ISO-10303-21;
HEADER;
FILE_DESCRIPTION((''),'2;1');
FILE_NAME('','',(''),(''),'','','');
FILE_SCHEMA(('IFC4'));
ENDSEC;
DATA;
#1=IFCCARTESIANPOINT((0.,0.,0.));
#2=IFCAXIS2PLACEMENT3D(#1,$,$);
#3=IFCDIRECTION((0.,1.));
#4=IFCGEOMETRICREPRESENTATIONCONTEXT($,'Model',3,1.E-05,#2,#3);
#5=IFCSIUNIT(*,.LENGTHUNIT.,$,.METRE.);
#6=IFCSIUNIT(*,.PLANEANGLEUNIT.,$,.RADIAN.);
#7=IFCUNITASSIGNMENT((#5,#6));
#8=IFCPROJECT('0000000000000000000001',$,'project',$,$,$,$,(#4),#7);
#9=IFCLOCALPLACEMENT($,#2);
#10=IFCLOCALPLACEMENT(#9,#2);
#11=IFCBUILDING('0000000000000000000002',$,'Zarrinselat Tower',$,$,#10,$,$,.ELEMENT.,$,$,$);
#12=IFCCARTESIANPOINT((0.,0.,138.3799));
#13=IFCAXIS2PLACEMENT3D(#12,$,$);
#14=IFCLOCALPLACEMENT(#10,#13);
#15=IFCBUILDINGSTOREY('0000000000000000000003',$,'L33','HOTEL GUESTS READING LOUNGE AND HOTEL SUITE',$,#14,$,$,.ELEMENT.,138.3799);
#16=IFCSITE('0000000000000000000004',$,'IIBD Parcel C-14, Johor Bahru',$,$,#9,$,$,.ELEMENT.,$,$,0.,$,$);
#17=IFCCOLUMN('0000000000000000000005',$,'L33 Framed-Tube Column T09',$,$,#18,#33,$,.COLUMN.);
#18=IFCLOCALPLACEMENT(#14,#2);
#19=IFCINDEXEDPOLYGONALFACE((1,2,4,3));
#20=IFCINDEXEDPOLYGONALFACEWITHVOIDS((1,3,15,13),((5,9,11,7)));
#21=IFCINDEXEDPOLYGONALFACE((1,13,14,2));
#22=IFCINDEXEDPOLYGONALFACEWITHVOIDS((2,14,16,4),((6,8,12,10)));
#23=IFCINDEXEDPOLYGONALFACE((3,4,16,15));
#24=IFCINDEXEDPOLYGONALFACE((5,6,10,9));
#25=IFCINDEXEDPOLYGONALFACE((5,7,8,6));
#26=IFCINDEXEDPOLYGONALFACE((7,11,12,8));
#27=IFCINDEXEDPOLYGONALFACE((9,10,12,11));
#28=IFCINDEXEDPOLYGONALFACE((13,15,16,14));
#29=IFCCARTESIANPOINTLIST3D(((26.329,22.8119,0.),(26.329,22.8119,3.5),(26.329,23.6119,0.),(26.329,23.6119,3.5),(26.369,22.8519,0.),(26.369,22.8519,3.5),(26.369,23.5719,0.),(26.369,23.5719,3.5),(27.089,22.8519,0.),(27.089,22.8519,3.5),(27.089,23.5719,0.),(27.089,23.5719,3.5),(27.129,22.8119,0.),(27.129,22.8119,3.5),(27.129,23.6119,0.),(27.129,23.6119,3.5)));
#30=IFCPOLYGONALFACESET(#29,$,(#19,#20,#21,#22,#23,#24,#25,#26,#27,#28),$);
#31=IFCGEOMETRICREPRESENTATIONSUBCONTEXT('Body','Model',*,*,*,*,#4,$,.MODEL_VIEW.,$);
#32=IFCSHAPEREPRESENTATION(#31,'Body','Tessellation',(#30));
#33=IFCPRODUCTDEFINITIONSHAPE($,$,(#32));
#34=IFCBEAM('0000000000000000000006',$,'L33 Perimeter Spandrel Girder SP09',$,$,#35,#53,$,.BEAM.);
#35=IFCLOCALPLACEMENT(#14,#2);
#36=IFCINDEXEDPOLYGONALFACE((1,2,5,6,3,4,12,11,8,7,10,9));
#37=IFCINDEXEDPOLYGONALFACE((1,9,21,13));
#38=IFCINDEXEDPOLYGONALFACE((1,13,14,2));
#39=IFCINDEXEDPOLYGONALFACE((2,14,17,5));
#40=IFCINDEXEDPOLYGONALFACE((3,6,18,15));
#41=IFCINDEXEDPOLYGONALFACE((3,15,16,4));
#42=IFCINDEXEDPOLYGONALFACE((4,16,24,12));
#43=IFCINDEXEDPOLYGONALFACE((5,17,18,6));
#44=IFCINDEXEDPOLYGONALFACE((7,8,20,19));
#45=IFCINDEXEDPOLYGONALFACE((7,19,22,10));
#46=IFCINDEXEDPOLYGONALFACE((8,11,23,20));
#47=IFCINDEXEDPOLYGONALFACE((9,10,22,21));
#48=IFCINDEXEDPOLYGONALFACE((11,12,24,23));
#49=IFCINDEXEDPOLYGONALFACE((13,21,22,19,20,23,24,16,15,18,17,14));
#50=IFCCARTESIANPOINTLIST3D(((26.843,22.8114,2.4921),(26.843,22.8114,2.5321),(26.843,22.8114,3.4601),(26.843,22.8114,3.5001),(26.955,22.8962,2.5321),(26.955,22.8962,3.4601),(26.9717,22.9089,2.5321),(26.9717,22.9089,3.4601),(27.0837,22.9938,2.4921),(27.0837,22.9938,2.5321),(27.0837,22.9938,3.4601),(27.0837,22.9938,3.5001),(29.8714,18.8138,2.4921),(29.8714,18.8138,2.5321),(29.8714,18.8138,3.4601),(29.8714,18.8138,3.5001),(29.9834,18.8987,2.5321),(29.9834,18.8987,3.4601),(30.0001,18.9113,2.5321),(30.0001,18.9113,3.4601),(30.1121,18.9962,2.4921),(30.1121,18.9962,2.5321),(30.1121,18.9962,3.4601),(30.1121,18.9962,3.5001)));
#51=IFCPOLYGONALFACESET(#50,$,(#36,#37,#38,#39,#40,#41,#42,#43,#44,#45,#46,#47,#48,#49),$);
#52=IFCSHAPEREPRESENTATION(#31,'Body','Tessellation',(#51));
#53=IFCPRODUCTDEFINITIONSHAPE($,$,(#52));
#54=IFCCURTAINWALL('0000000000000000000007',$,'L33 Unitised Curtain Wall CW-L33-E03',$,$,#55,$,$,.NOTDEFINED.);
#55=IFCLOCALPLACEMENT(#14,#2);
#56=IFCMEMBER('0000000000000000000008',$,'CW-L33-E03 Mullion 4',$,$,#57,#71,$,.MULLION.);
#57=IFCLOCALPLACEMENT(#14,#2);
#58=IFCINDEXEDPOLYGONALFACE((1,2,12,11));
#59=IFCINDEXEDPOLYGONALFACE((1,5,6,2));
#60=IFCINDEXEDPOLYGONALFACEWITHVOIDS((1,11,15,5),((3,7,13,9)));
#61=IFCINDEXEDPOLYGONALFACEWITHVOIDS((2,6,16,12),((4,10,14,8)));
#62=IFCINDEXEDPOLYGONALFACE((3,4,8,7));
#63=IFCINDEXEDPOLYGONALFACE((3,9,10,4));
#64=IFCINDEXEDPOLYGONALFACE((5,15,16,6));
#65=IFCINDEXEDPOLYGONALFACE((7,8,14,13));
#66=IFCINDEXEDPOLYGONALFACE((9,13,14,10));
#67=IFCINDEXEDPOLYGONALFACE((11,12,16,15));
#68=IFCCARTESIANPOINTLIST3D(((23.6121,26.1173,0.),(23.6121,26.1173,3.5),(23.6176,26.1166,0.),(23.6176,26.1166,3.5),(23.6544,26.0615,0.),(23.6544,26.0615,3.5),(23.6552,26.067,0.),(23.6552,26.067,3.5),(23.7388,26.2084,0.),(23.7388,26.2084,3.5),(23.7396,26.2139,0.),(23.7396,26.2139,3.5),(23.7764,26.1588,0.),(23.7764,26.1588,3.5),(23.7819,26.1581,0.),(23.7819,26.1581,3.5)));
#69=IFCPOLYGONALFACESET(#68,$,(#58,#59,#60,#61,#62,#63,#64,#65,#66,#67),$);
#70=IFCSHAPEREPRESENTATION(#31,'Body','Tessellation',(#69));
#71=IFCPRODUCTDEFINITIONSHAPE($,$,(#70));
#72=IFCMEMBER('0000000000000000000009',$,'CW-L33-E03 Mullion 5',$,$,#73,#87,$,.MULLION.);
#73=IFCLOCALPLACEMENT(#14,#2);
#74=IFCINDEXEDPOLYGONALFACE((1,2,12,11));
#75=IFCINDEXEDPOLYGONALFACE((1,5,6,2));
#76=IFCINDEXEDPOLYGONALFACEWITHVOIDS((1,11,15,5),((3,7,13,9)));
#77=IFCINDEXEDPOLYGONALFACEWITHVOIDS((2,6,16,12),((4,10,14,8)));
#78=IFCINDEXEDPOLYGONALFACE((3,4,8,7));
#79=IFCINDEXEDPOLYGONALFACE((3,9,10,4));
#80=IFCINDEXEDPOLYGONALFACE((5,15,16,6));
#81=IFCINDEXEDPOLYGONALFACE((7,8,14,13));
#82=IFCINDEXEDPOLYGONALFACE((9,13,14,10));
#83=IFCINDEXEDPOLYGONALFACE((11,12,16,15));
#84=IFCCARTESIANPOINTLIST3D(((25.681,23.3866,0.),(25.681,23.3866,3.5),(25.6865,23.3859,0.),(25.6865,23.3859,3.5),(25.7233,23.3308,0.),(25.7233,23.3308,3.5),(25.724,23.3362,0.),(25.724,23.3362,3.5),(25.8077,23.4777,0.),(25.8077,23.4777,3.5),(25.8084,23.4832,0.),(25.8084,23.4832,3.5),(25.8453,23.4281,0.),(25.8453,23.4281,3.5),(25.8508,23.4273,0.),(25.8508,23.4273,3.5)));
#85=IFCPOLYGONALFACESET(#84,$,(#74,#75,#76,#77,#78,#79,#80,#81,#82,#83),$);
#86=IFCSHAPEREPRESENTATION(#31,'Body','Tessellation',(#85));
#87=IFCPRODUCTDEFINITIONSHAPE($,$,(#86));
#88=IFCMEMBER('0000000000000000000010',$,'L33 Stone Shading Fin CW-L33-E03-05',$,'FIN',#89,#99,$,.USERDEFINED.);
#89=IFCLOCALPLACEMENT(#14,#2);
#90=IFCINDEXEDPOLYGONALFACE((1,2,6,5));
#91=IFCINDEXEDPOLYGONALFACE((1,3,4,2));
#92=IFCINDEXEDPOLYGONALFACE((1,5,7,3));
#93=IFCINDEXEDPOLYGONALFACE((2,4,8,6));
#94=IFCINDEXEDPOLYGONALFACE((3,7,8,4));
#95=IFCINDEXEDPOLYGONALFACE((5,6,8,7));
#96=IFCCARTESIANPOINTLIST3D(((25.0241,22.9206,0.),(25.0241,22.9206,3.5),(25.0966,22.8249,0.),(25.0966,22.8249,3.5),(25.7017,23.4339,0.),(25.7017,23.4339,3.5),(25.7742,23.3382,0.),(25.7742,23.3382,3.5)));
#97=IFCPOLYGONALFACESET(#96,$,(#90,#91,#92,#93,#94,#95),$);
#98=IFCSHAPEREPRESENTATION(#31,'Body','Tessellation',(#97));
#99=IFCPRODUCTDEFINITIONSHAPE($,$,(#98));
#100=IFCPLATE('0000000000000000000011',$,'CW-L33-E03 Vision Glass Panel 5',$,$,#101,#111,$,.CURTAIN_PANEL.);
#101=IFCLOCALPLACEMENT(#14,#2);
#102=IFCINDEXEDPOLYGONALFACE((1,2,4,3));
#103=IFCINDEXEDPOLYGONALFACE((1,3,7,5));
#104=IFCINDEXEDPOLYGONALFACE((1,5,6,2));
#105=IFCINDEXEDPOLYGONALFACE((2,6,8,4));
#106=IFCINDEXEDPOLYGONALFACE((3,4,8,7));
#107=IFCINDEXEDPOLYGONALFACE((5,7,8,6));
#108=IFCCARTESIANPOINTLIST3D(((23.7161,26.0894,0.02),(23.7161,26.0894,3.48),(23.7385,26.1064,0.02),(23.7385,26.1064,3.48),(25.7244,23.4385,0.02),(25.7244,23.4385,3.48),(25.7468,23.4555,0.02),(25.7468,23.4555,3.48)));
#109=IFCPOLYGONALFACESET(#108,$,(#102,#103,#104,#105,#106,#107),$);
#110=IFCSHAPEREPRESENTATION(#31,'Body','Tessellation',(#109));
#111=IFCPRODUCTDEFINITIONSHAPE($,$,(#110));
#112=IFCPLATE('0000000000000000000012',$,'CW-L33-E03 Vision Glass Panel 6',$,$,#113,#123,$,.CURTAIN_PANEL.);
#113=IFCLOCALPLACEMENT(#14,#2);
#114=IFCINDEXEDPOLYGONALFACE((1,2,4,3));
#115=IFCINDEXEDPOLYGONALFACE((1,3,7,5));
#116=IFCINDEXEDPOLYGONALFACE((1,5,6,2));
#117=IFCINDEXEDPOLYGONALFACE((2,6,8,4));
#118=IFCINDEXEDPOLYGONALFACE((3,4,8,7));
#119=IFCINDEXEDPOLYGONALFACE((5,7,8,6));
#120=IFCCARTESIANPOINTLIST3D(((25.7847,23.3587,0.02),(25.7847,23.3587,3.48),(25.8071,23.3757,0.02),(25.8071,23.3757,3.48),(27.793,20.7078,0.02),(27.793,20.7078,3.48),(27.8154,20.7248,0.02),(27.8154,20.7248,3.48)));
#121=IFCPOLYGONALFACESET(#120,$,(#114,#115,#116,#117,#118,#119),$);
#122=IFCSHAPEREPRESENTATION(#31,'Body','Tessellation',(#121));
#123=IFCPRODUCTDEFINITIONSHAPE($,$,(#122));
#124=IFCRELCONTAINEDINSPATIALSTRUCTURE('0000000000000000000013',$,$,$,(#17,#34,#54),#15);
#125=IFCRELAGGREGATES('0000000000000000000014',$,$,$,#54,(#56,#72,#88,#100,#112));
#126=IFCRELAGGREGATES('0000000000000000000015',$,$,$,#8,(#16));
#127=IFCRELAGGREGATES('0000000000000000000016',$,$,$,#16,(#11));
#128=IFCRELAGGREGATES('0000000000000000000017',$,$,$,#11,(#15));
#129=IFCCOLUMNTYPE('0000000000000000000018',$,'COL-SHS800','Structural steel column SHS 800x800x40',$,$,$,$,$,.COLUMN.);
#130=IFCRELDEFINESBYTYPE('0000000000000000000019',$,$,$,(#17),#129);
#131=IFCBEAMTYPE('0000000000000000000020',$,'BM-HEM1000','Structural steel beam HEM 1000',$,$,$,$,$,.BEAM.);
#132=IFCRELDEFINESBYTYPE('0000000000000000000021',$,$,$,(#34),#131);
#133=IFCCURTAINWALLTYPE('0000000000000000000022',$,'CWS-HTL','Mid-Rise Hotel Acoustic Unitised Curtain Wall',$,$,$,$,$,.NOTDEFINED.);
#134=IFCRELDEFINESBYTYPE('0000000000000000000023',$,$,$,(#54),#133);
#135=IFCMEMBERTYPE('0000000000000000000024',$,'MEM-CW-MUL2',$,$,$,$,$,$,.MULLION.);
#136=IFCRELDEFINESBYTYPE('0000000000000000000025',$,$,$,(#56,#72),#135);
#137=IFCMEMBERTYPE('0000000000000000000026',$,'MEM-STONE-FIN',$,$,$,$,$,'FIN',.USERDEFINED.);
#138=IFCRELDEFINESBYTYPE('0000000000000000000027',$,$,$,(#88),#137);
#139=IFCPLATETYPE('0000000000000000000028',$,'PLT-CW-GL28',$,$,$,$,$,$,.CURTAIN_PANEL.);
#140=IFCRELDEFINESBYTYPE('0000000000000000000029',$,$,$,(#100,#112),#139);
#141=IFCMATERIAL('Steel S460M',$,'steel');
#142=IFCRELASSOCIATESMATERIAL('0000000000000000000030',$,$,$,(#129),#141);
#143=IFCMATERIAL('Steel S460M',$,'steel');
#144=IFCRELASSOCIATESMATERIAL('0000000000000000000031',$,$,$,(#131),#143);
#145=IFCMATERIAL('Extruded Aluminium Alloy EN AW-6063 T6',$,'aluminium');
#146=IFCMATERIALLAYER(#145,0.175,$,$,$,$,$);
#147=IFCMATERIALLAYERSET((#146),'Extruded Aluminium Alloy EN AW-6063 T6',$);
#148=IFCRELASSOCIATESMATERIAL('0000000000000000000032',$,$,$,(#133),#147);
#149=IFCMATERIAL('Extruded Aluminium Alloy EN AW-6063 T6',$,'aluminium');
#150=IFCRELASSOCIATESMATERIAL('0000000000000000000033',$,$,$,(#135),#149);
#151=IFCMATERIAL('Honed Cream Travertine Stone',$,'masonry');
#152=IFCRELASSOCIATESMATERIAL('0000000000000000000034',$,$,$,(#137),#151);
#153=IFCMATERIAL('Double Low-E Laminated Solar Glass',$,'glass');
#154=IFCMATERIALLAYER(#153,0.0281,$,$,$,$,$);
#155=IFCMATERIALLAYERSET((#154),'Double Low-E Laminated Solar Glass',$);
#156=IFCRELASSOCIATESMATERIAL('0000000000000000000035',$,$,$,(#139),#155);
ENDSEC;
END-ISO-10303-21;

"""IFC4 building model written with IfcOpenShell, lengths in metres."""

from ifc_helpers import new_model, si_unit, direction, frame, origin, origin_2d, place, context, subcontext, project, spatial, rectangle, hollow_rectangle, i_section, extrude, material, layer, layer_set, material_profile, profile_set, type_object, element, aggregate, save


model = new_model("IFC4")

# Units and contexts
model_context = context("Model", 3, precision=1e-05, world=origin(), true_north=direction((0.0, 1.0)))
body_context = subcontext(model_context, "Body", "Model", "MODEL_VIEW")
ifc_project = project(units=[si_unit("LENGTHUNIT", "METRE"), si_unit("PLANEANGLEUNIT", "RADIAN")], contexts=[model_context])

# Site, building, storey
site_placement = place(None, origin())
site = spatial("IfcSite", under=ifc_project, at=site_placement, Name="IIBD Parcel C-14, Johor Bahru", CompositionType="ELEMENT", RefElevation=0.0)
building_placement = place(site_placement, origin())
building = spatial("IfcBuilding", under=site, at=building_placement, Name="Zarrinselat Tower", CompositionType="ELEMENT")
storey_placement = place(building_placement, frame((0.0, 0.0, 138.3799)))
storey = spatial("IfcBuildingStorey", under=building, at=storey_placement, Name="L33", Description="HOTEL GUESTS READING LOUNGE AND HOTEL SUITE", CompositionType="ELEMENT", Elevation=138.3799)

# Column
ifc_material_1 = material(Name="Steel S460M", Category="steel")
ifc_material_profile_1 = material_profile(ifc_material_1, hollow_rectangle(XDim=0.8, YDim=0.8, WallThickness=0.04, at=origin_2d()), Name="SHS 800x800x40")
ifc_profile_set_1 = profile_set([ifc_material_profile_1], Name="Steel S460M")
column_type = type_object("IfcColumnType", Name="COL-SHS800", Description="Structural steel column SHS 800x800x40", PredefinedType="COLUMN", material=ifc_profile_set_1)
column_placement = place(storey_placement, frame((26.729, 23.2119, 0.0), z_axis=(0.0, 0.0, 1.0), x_axis=(1.0, 0.0, 0.0)))
element("IfcColumn", 1, at=column_placement, inside=storey, type_object=column_type, Name="L33 Framed-Tube Column T09", PredefinedType="COLUMN", context=body_context, shape_type="SweptSolid", body=[
    extrude(hollow_rectangle(XDim=0.8, YDim=0.8, WallThickness=0.04, at=origin_2d()), origin(), (0.0, 0.0, 1.0), 3.5),
])

# Beam
ifc_material_2 = material(Name="Steel S460M", Category="steel")
ifc_material_profile_2 = material_profile(ifc_material_2, i_section(OverallWidth=0.302, OverallDepth=1.0081, WebThickness=0.021, FlangeThickness=0.04, at=origin_2d()), Name="HEM 1000")
ifc_profile_set_2 = profile_set([ifc_material_profile_2], Name="Steel S460M")
beam_type = type_object("IfcBeamType", Name="BM-HEM1000", Description="Structural steel beam HEM 1000", PredefinedType="BEAM", material=ifc_profile_set_2)
beam_placement = place(storey_placement, frame((26.9634, 22.9026, 2.9961), z_axis=(0.603841, -0.797105, 0.0), x_axis=(0.797105, 0.603841, 0.0)))
element("IfcBeam", 2, at=beam_placement, inside=storey, type_object=beam_type, Name="L33 Perimeter Spandrel Girder SP09", PredefinedType="BEAM", context=body_context, shape_type="SweptSolid", body=[
    extrude(i_section(OverallWidth=0.302, OverallDepth=1.0081, WebThickness=0.021, FlangeThickness=0.04, at=origin_2d()), origin(), (0.0, 0.0, 1.0), 5.0151),
])

# Curtain wall, members, plates
ifc_material_3 = material(Name="Extruded Aluminium Alloy EN AW-6063 T6", Category="aluminium")
ifc_layer_1 = layer(ifc_material_3, 0.175)
ifc_layer_set_1 = layer_set([ifc_layer_1], Name="Extruded Aluminium Alloy EN AW-6063 T6")
curtain_wall_type = type_object("IfcCurtainWallType", Name="CWS-HTL", Description="Mid-Rise Hotel Acoustic Unitised Curtain Wall", PredefinedType="NOTDEFINED", material=ifc_layer_set_1)
curtain_wall_placement = place(storey_placement, origin())
curtain_wall = element("IfcCurtainWall", 3, at=curtain_wall_placement, inside=storey, type_object=curtain_wall_type, Name="L33 Unitised Curtain Wall CW-L33-E03", PredefinedType="NOTDEFINED")
ifc_material_4 = material(Name="Extruded Aluminium Alloy EN AW-6063 T6", Category="aluminium")
ifc_material_profile_3 = material_profile(ifc_material_4, hollow_rectangle(XDim=0.0701, YDim=0.1599, WallThickness=0.0039, at=origin_2d()), Name="RHS 160x70x4")
ifc_profile_set_3 = profile_set([ifc_material_profile_3], Name="Extruded Aluminium Alloy EN AW-6063 T6")
member_type_1 = type_object("IfcMemberType", Name="MEM-CW-MUL2", PredefinedType="MULLION", material=ifc_profile_set_3)
member_1_placement = place(storey_placement, frame((23.697, 26.1377, 0.0), z_axis=(0.0, 0.0, 1.0), x_axis=(0.603856, -0.797094, 0.0)))
member_1 = element("IfcMember", 4, at=member_1_placement, type_object=member_type_1, Name="CW-L33-E03 Mullion 4", PredefinedType="MULLION", context=body_context, shape_type="SweptSolid", body=[
    extrude(hollow_rectangle(XDim=0.0701, YDim=0.1599, WallThickness=0.0039, at=origin_2d()), origin(), (0.0, 0.0, 1.0), 3.5),
])
member_2_placement = place(storey_placement, frame((25.7659, 23.407, 0.0), z_axis=(0.0, 0.0, 1.0), x_axis=(0.603856, -0.797094, 0.0)))
member_2 = element("IfcMember", 5, at=member_2_placement, type_object=member_type_1, Name="CW-L33-E03 Mullion 5", PredefinedType="MULLION", context=body_context, shape_type="SweptSolid", body=[
    extrude(hollow_rectangle(XDim=0.0701, YDim=0.1599, WallThickness=0.0039, at=origin_2d()), origin(), (0.0, 0.0, 1.0), 3.5),
])
ifc_material_5 = material(Name="Honed Cream Travertine Stone", Category="masonry")
ifc_material_profile_4 = material_profile(ifc_material_5, rectangle(XDim=0.1201, YDim=0.8501, at=origin_2d()), Name="FIN 850x120")
ifc_profile_set_4 = profile_set([ifc_material_profile_4], Name="Honed Cream Travertine Stone")
member_type_2 = type_object("IfcMemberType", Name="MEM-STONE-FIN", ElementType="FIN", PredefinedType="USERDEFINED", material=ifc_profile_set_4)
member_3_placement = place(storey_placement, frame((25.3992, 23.1294, 0.0), z_axis=(0.0, 0.0, 1.0), x_axis=(-0.603856, 0.797094, 0.0)))
member_3 = element("IfcMember", 6, at=member_3_placement, type_object=member_type_2, Name="L33 Stone Shading Fin CW-L33-E03-05", ObjectType="FIN", PredefinedType="USERDEFINED", context=body_context, shape_type="SweptSolid", body=[
    extrude(rectangle(XDim=0.1201, YDim=0.8501, at=origin_2d()), origin(), (0.0, 0.0, 1.0), 3.5),
])
ifc_material_6 = material(Name="Double Low-E Laminated Solar Glass", Category="glass")
ifc_layer_2 = layer(ifc_material_6, 0.0281)
ifc_layer_set_2 = layer_set([ifc_layer_2], Name="Double Low-E Laminated Solar Glass")
plate_type = type_object("IfcPlateType", Name="PLT-CW-GL28", PredefinedType="CURTAIN_PANEL", material=ifc_layer_set_2)
plate_1_placement = place(storey_placement, frame((24.7314, 24.7725, 0.02), z_axis=(0.0, 0.0, 1.0), x_axis=(0.603856, -0.797094, 0.0)))
plate_1 = element("IfcPlate", 7, at=plate_1_placement, type_object=plate_type, Name="CW-L33-E03 Vision Glass Panel 5", PredefinedType="CURTAIN_PANEL", context=body_context, shape_type="SweptSolid", body=[
    extrude(rectangle(XDim=3.3257, YDim=0.0281, at=origin_2d()), origin(), (0.0, 0.0, 1.0), 3.46),
])
plate_2_placement = place(storey_placement, frame((26.8, 22.0417, 0.02), z_axis=(0.0, 0.0, 1.0), x_axis=(0.603856, -0.797094, 0.0)))
plate_2 = element("IfcPlate", 8, at=plate_2_placement, type_object=plate_type, Name="CW-L33-E03 Vision Glass Panel 6", PredefinedType="CURTAIN_PANEL", context=body_context, shape_type="SweptSolid", body=[
    extrude(rectangle(XDim=3.3257, YDim=0.0281, at=origin_2d()), origin(), (0.0, 0.0, 1.0), 3.46),
])
aggregate(curtain_wall, [member_1, member_2, member_3, plate_1, plate_2])

save(model, "model.ifc")
